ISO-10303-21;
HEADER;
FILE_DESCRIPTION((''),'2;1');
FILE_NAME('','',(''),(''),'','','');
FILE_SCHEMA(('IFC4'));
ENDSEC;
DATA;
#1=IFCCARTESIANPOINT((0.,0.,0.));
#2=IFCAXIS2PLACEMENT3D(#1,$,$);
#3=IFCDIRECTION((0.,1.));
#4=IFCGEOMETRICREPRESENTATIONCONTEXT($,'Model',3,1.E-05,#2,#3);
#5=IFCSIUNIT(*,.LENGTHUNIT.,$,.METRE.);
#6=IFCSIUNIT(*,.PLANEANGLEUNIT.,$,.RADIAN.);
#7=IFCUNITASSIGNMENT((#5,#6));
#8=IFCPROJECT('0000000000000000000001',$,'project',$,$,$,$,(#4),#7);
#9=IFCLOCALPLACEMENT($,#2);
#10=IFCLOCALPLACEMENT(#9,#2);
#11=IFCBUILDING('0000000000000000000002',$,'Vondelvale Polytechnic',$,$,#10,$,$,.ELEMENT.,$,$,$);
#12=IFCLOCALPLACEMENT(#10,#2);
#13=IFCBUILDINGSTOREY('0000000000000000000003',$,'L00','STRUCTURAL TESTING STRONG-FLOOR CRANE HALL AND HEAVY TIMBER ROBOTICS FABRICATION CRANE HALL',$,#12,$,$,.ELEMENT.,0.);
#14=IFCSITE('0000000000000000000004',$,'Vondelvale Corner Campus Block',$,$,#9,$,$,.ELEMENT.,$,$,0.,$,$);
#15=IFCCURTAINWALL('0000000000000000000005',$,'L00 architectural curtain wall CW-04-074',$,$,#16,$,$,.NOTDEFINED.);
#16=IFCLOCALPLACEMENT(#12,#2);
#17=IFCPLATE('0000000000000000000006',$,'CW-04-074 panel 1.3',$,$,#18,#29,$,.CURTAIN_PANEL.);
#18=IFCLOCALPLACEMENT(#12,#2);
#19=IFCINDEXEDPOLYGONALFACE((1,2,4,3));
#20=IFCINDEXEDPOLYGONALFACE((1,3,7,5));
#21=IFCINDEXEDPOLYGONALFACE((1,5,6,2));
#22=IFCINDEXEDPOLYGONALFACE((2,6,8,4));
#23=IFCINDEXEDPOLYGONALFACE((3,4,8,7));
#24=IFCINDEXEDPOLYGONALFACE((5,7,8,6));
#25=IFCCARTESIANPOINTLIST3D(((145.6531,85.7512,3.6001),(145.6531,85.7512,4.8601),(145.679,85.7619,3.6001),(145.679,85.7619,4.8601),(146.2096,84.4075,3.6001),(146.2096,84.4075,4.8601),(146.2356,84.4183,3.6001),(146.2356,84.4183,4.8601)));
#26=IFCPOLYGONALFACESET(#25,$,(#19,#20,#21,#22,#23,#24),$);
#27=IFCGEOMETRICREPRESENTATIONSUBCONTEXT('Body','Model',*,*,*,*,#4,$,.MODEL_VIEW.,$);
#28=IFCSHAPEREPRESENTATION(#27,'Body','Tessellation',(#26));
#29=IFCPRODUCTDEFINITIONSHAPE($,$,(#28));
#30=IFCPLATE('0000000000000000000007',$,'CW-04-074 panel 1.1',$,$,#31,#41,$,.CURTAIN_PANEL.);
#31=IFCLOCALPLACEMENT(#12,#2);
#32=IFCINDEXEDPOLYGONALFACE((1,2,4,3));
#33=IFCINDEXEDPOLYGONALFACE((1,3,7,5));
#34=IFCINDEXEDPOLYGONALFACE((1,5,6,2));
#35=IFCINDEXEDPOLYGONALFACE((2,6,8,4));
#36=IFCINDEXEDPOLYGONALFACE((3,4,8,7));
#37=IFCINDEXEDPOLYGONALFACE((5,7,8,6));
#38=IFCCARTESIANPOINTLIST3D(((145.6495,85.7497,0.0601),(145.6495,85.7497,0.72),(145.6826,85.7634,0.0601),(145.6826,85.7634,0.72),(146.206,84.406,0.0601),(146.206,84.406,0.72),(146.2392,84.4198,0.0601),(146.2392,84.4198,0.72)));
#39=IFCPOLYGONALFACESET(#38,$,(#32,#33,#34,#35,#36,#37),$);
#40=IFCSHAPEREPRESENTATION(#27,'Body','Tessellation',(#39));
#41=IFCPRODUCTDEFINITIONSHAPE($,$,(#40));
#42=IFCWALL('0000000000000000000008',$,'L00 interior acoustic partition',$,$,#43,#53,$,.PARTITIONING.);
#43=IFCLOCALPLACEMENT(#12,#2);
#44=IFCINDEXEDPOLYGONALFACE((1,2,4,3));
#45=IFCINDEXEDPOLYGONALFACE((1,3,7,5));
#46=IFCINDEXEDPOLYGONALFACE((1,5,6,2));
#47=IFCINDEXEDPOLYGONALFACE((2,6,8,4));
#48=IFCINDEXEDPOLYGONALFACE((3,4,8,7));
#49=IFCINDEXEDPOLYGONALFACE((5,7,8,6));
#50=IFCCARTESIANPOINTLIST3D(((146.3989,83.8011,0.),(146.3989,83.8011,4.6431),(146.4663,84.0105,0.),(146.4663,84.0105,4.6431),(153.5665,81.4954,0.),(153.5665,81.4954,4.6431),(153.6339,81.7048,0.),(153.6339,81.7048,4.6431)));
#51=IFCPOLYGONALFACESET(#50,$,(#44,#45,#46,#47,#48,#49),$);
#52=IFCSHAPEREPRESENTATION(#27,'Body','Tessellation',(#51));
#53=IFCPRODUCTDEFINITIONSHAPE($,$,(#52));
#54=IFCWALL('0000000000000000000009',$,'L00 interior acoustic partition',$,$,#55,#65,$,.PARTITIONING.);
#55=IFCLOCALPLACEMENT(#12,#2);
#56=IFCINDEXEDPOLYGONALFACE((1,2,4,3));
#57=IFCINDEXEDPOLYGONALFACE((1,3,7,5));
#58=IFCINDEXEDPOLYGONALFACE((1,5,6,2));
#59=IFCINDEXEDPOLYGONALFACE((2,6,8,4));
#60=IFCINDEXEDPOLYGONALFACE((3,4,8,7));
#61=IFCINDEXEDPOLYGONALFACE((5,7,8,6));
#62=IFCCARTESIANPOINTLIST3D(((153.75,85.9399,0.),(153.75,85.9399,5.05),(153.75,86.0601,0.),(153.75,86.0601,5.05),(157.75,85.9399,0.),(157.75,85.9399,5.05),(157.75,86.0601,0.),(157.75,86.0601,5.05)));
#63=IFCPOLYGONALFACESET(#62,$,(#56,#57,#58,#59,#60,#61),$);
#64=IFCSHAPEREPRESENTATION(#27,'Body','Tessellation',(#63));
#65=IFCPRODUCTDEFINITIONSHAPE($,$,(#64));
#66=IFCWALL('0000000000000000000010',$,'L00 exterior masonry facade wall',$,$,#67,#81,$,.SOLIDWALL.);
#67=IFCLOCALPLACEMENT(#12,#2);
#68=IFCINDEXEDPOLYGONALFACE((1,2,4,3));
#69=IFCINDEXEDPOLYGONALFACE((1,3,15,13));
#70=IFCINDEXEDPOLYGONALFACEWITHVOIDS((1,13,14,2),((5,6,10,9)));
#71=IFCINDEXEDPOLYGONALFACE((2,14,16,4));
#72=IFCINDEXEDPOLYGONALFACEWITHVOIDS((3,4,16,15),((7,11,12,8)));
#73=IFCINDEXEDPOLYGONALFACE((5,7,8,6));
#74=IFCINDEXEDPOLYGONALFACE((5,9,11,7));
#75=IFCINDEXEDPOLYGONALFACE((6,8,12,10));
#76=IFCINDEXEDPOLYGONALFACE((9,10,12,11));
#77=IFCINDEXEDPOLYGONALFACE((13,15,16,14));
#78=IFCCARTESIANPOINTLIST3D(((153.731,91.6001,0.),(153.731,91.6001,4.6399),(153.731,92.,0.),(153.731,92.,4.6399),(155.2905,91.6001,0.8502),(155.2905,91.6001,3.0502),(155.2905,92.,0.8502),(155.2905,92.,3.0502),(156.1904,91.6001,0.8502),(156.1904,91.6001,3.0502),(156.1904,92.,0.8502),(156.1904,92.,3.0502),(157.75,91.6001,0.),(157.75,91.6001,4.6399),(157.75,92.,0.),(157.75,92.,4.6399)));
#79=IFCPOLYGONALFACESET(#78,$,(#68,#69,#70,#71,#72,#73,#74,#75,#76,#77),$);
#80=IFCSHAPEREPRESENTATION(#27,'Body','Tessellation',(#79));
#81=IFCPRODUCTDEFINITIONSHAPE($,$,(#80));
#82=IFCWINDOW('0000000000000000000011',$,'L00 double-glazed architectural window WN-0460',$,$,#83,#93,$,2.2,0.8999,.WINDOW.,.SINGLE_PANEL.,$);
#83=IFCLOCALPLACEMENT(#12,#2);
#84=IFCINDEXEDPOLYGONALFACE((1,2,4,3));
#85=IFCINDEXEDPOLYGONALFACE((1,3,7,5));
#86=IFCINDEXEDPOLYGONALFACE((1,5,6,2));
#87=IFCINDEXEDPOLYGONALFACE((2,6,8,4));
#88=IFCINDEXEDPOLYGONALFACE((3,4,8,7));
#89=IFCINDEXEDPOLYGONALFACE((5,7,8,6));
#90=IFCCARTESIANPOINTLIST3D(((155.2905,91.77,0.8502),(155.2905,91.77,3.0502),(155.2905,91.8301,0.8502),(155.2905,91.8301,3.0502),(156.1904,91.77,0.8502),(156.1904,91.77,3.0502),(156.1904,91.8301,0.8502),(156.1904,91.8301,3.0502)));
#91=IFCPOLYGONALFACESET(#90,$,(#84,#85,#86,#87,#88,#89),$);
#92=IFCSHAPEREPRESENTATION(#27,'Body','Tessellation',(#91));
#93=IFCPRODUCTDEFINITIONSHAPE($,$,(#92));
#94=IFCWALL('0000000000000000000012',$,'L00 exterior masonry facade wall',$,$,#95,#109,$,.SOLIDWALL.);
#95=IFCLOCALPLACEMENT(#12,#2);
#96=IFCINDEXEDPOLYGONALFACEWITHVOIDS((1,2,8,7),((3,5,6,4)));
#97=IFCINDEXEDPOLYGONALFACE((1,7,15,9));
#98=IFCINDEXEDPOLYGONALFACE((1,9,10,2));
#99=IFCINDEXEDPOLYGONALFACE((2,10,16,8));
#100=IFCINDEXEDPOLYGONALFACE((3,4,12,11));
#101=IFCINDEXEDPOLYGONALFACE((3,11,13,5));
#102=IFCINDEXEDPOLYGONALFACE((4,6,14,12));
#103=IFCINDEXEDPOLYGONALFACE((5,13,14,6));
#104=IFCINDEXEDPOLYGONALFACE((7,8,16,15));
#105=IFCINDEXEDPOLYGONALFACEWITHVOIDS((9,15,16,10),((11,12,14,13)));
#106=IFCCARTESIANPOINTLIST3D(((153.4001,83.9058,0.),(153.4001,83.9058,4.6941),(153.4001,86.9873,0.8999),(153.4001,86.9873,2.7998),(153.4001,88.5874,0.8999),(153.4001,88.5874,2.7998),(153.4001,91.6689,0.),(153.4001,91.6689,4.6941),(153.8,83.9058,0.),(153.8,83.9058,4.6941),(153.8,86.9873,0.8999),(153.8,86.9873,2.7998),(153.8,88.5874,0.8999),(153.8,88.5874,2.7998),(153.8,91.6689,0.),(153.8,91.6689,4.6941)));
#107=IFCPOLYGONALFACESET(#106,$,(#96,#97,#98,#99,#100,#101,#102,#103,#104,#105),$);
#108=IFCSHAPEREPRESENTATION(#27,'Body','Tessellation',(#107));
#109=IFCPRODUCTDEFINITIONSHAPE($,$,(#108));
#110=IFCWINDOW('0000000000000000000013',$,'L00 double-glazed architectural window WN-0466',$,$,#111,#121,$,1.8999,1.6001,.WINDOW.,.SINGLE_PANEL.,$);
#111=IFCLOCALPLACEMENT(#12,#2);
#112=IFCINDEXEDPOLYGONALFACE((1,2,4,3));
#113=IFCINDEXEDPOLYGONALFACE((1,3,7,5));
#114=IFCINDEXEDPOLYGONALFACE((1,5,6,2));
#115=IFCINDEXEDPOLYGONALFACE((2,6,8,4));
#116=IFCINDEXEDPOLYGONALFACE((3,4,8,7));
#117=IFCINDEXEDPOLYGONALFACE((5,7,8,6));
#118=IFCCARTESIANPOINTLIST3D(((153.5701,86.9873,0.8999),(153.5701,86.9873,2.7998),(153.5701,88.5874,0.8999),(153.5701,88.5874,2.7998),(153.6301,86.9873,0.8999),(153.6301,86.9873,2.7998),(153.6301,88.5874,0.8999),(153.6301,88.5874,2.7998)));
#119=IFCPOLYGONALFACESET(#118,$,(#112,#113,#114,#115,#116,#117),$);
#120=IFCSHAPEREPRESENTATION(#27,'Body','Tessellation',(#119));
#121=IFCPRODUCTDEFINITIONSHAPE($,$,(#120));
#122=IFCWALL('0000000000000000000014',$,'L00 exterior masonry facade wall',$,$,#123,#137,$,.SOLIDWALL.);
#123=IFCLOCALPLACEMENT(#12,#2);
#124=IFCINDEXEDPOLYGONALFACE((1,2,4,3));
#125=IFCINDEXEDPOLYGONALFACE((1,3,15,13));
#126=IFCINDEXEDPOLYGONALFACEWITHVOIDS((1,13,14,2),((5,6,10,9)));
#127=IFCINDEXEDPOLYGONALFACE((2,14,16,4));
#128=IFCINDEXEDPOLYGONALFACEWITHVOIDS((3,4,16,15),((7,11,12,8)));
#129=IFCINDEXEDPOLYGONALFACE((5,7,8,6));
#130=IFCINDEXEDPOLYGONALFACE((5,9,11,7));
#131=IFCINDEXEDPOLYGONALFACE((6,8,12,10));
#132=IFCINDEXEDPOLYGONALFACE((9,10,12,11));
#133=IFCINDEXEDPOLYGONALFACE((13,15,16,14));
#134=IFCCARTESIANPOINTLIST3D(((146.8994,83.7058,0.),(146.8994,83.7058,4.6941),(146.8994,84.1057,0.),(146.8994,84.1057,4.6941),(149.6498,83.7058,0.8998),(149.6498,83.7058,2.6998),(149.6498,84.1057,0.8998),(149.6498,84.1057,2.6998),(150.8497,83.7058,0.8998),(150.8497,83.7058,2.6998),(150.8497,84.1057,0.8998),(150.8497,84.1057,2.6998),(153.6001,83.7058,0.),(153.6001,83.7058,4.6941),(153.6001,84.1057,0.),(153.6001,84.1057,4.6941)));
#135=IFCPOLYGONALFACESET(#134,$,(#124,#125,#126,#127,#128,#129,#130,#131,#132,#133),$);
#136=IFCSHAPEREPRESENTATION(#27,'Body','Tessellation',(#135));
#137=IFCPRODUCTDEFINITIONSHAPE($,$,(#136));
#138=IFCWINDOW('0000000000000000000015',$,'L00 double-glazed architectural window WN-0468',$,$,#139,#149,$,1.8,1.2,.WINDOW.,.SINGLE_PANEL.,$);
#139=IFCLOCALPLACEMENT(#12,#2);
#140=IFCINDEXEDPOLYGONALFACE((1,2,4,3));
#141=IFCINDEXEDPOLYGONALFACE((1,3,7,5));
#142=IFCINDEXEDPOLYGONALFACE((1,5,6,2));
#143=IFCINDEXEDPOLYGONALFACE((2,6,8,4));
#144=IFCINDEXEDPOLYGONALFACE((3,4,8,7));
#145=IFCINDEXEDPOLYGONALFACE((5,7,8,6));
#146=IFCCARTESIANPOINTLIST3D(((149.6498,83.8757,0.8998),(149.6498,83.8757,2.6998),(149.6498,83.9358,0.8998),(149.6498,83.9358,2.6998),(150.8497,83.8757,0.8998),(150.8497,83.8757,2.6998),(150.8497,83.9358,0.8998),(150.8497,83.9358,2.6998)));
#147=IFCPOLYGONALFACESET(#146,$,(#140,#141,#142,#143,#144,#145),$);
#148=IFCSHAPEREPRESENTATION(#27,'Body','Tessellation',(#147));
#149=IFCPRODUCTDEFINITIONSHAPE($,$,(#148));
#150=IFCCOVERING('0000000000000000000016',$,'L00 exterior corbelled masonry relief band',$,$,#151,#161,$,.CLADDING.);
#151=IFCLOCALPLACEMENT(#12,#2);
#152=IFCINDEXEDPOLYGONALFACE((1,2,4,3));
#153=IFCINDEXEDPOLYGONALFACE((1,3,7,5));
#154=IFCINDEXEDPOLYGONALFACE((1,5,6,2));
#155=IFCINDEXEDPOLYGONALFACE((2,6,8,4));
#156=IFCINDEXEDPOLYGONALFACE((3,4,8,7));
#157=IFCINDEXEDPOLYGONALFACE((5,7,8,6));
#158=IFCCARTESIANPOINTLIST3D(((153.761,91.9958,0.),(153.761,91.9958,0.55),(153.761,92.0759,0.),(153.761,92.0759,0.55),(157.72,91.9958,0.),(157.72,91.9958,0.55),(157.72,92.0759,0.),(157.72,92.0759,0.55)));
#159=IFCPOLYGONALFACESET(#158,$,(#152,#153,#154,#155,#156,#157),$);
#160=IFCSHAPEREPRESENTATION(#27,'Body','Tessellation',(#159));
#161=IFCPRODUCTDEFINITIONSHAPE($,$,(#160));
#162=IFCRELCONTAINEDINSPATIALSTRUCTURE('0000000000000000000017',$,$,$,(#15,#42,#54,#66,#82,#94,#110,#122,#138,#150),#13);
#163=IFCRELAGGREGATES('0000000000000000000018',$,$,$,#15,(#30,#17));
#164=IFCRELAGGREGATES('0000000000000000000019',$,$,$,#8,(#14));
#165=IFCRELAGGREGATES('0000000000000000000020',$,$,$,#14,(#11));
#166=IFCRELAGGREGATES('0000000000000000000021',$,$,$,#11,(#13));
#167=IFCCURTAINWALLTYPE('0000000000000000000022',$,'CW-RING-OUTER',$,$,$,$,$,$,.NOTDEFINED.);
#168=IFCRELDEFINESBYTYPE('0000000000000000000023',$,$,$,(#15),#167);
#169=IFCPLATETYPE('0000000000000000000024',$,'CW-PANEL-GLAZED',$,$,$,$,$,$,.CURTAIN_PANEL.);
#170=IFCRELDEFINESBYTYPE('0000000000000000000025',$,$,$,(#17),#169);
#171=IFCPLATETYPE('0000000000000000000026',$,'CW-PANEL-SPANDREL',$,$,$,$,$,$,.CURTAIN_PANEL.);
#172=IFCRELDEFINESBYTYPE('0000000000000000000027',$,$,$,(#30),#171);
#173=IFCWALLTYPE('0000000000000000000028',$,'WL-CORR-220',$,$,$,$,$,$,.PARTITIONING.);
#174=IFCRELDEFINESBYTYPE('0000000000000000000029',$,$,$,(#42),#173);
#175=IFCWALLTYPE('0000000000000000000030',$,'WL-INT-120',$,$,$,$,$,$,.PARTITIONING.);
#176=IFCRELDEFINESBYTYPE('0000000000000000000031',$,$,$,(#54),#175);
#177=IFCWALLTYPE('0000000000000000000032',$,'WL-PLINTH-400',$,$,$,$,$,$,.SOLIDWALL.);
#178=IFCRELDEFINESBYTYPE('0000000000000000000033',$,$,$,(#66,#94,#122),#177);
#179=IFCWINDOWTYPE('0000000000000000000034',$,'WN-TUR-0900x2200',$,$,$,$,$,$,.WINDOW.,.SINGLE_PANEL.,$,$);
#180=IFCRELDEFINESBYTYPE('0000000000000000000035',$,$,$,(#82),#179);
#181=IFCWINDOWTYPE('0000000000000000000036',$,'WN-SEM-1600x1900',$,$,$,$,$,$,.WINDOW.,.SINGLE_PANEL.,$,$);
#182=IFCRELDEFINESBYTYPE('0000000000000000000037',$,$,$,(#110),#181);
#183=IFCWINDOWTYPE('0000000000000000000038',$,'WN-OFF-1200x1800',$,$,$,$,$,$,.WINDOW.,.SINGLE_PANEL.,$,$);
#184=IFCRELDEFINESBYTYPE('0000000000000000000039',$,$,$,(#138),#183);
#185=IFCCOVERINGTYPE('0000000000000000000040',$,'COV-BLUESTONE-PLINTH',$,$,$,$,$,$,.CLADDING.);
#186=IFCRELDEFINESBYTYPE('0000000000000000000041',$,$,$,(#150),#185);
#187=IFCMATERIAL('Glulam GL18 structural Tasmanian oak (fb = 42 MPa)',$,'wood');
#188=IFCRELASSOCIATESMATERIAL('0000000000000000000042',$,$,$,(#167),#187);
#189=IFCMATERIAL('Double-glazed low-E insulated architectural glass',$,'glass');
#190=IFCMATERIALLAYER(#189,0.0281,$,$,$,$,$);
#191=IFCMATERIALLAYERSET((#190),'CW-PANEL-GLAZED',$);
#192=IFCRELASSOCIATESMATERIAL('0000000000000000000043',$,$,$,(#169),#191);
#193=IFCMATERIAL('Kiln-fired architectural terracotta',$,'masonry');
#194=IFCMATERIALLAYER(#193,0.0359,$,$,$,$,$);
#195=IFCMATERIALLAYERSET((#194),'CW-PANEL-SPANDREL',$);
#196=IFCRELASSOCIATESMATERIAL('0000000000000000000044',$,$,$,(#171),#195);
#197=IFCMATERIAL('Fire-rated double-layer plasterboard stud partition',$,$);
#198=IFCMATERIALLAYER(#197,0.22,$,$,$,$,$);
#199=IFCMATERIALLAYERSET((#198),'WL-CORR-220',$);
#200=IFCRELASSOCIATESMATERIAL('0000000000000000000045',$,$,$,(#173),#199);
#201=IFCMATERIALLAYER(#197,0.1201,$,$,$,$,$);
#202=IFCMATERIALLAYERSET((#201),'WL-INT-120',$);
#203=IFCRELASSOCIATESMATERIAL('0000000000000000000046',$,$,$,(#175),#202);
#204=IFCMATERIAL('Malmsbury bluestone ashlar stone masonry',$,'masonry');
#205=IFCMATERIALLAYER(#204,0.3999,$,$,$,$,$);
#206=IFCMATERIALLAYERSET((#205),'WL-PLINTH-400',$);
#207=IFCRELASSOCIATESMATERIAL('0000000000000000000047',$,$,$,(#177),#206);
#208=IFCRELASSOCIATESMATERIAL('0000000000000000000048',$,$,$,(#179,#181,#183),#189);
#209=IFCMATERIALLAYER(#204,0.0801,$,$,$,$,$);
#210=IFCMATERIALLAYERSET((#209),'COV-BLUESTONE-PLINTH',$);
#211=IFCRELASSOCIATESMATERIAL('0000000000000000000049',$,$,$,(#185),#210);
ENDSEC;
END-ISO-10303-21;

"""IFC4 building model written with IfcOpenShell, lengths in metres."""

from ifc_helpers import new_model, si_unit, direction, frame, frame_2d, origin, origin_2d, place, context, subcontext, project, spatial, rectangle, extrude, material, layer, layer_set, type_object, element, fill, aggregate, save


model = new_model("IFC4")

# Units and contexts
model_context = context("Model", 3, precision=1e-05, world=origin(), true_north=direction((0.0, 1.0)))
body_context = subcontext(model_context, "Body", "Model", "MODEL_VIEW")
ifc_project = project(units=[si_unit("LENGTHUNIT", "METRE"), si_unit("PLANEANGLEUNIT", "RADIAN")], contexts=[model_context])

# Site, building, storey
site_placement = place(None, origin())
site = spatial("IfcSite", under=ifc_project, at=site_placement, Name="Vondelvale Corner Campus Block", CompositionType="ELEMENT", RefElevation=0.0)
building_placement = place(site_placement, origin())
building = spatial("IfcBuilding", under=site, at=building_placement, Name="Vondelvale Polytechnic", CompositionType="ELEMENT")
storey_placement = place(building_placement, origin())
storey = spatial("IfcBuildingStorey", under=building, at=storey_placement, Name="L00", Description="STRUCTURAL TESTING STRONG-FLOOR CRANE HALL AND HEAVY TIMBER ROBOTICS FABRICATION CRANE HALL", CompositionType="ELEMENT", Elevation=0.0)

# Curtain wall, plates
ifc_material_1 = material(Name="Glulam GL18 structural Tasmanian oak (fb = 42 MPa)", Category="wood")
curtain_wall_type = type_object("IfcCurtainWallType", Name="CW-RING-OUTER", PredefinedType="NOTDEFINED", material=ifc_material_1)
curtain_wall_placement = place(storey_placement, origin())
curtain_wall = element("IfcCurtainWall", 1, at=curtain_wall_placement, inside=storey, type_object=curtain_wall_type, Name="L00 architectural curtain wall CW-04-074", PredefinedType="NOTDEFINED")
ifc_material_2 = material(Name="Double-glazed low-E insulated architectural glass", Category="glass")
ifc_layer_1 = layer(ifc_material_2, 0.0281)
ifc_layer_set_1 = layer_set([ifc_layer_1], Name="CW-PANEL-GLAZED")
plate_type_1 = type_object("IfcPlateType", Name="CW-PANEL-GLAZED", PredefinedType="CURTAIN_PANEL", material=ifc_layer_set_1)
plate_1_placement = place(storey_placement, frame((145.9443, 85.0847, 3.6001), z_axis=(0.0, 0.0, 1.0), x_axis=(-0.382679, 0.923881, 0.0)))
plate_1 = element("IfcPlate", 2, at=plate_1_placement, type_object=plate_type_1, Name="CW-04-074 panel 1.3", PredefinedType="CURTAIN_PANEL", context=body_context, shape_type="SweptSolid", body=[
    extrude(rectangle(XDim=1.4543, YDim=0.0281, at=origin_2d()), origin(), (0.0, 0.0, 1.0), 1.26),
])
ifc_material_3 = material(Name="Kiln-fired architectural terracotta", Category="masonry")
ifc_layer_2 = layer(ifc_material_3, 0.0359)
ifc_layer_set_2 = layer_set([ifc_layer_2], Name="CW-PANEL-SPANDREL")
plate_type_2 = type_object("IfcPlateType", Name="CW-PANEL-SPANDREL", PredefinedType="CURTAIN_PANEL", material=ifc_layer_set_2)
plate_2_placement = place(storey_placement, frame((145.9443, 85.0847, 0.0601), z_axis=(0.0, 0.0, 1.0), x_axis=(-0.382679, 0.923881, 0.0)))
plate_2 = element("IfcPlate", 3, at=plate_2_placement, type_object=plate_type_2, Name="CW-04-074 panel 1.1", PredefinedType="CURTAIN_PANEL", context=body_context, shape_type="SweptSolid", body=[
    extrude(rectangle(XDim=1.4543, YDim=0.0359, at=origin_2d()), origin(), (0.0, 0.0, 1.0), 0.6599),
])
aggregate(curtain_wall, [plate_2, plate_1])

# Walls
ifc_material_4 = material(Name="Fire-rated double-layer plasterboard stud partition")
ifc_layer_3 = layer(ifc_material_4, 0.22)
ifc_layer_set_3 = layer_set([ifc_layer_3], Name="WL-CORR-220")
wall_type_1 = type_object("IfcWallType", Name="WL-CORR-220", PredefinedType="PARTITIONING", material=ifc_layer_set_3)
wall_1_placement = place(storey_placement, frame((146.4326, 83.9058, 0.0), z_axis=(0.0, 0.0, 1.0), x_axis=(0.951958, -0.30623, 0.0)))
element("IfcWall", 4, at=wall_1_placement, inside=storey, type_object=wall_type_1, Name="L00 interior acoustic partition", PredefinedType="PARTITIONING", context=body_context, shape_type="SweptSolid", body=[
    extrude(rectangle(XDim=7.5293, YDim=0.22, at=frame_2d((3.7646, 0.0))), origin(), (0.0, 0.0, 1.0), 4.6431),
])
ifc_layer_4 = layer(ifc_material_4, 0.1201)
ifc_layer_set_4 = layer_set([ifc_layer_4], Name="WL-INT-120")
wall_type_2 = type_object("IfcWallType", Name="WL-INT-120", PredefinedType="PARTITIONING", material=ifc_layer_set_4)
wall_2_placement = place(storey_placement, frame((153.75, 86.0, 0.0), z_axis=(0.0, 0.0, 1.0), x_axis=(1.0, 0.0, 0.0)))
element("IfcWall", 5, at=wall_2_placement, inside=storey, type_object=wall_type_2, Name="L00 interior acoustic partition", PredefinedType="PARTITIONING", context=body_context, shape_type="SweptSolid", body=[
    extrude(rectangle(XDim=4.0, YDim=0.1201, at=frame_2d((2.0, 0.0))), origin(), (0.0, 0.0, 1.0), 5.05),
])

# Wall, opening, window
ifc_material_5 = material(Name="Malmsbury bluestone ashlar stone masonry", Category="masonry")
ifc_layer_5 = layer(ifc_material_5, 0.3999)
ifc_layer_set_5 = layer_set([ifc_layer_5], Name="WL-PLINTH-400")
wall_type_3 = type_object("IfcWallType", Name="WL-PLINTH-400", PredefinedType="SOLIDWALL", material=ifc_layer_set_5)
wall_3_placement = place(storey_placement, frame((153.731, 91.8, 0.0), z_axis=(0.0, 0.0, 1.0), x_axis=(1.0, 0.0, 0.0)))
wall_3 = element("IfcWall", 6, at=wall_3_placement, inside=storey, type_object=wall_type_3, Name="L00 exterior masonry facade wall", PredefinedType="SOLIDWALL", context=body_context, shape_type="SweptSolid", body=[
    extrude(rectangle(XDim=4.019, YDim=0.3999, at=frame_2d((2.0095, 0.0))), origin(), (0.0, 0.0, 1.0), 4.6399),
])
opening_1_placement = place(wall_3_placement, frame((1.5596, 0.0, 0.8501)))
opening_1 = element("IfcOpeningElement", 7, at=opening_1_placement, cuts=wall_3, PredefinedType="OPENING", context=body_context, shape_type="SweptSolid", body=[
    extrude(rectangle(XDim=0.8999, YDim=2.2, at=frame_2d((0.45, 1.1001))), frame((0.0, 0.21, 0.0), z_axis=(0.0, -1.0, 0.0), x_axis=(1.0, 0.0, 0.0)), (0.0, 0.0, 1.0), 0.4199),
])
window_type_1 = type_object("IfcWindowType", Name="WN-TUR-0900x2200", PartitioningType="SINGLE_PANEL", PredefinedType="WINDOW", material=ifc_material_2)
window_1_placement = place(opening_1_placement, origin())
window_1 = element("IfcWindow", 8, at=window_1_placement, inside=storey, type_object=window_type_1, Name="L00 double-glazed architectural window WN-0460", OverallHeight=2.2, OverallWidth=0.8999, PartitioningType="SINGLE_PANEL", PredefinedType="WINDOW", context=body_context, shape_type="SweptSolid", body=[
    extrude(rectangle(XDim=0.8999, YDim=2.2, at=frame_2d((0.45, 1.1001))), frame((0.0, 0.03, 0.0), z_axis=(0.0, -1.0, 0.0), x_axis=(1.0, 0.0, 0.0)), (0.0, 0.0, 1.0), 0.0601),
])
fill(opening_1, window_1)

# Walls, openings, windows
wall_4_placement = place(storey_placement, frame((153.6001, 83.9058, 0.0), z_axis=(0.0, 0.0, 1.0), x_axis=(0.0, 1.0, 0.0)))
wall_4 = element("IfcWall", 9, at=wall_4_placement, inside=storey, type_object=wall_type_3, Name="L00 exterior masonry facade wall", PredefinedType="SOLIDWALL", context=body_context, shape_type="SweptSolid", body=[
    extrude(rectangle(XDim=7.7632, YDim=0.3999, at=frame_2d((3.8816, 0.0))), origin(), (0.0, 0.0, 1.0), 4.6941),
])
opening_2_placement = place(wall_4_placement, frame((3.0815, 0.0, 0.8999)))
opening_2 = element("IfcOpeningElement", 10, at=opening_2_placement, cuts=wall_4, PredefinedType="OPENING", context=body_context, shape_type="SweptSolid", body=[
    extrude(rectangle(XDim=1.6001, YDim=1.8999, at=frame_2d((0.8, 0.95))), frame((0.0, 0.21, 0.0), z_axis=(0.0, -1.0, 0.0), x_axis=(1.0, 0.0, 0.0)), (0.0, 0.0, 1.0), 0.4199),
])
window_type_2 = type_object("IfcWindowType", Name="WN-SEM-1600x1900", PartitioningType="SINGLE_PANEL", PredefinedType="WINDOW", material=ifc_material_2)
window_2_placement = place(opening_2_placement, origin())
window_2 = element("IfcWindow", 11, at=window_2_placement, inside=storey, type_object=window_type_2, Name="L00 double-glazed architectural window WN-0466", OverallHeight=1.8999, OverallWidth=1.6001, PartitioningType="SINGLE_PANEL", PredefinedType="WINDOW", context=body_context, shape_type="SweptSolid", body=[
    extrude(rectangle(XDim=1.6001, YDim=1.8999, at=frame_2d((0.8, 0.95))), frame((0.0, 0.03, 0.0), z_axis=(0.0, -1.0, 0.0), x_axis=(1.0, 0.0, 0.0)), (0.0, 0.0, 1.0), 0.0601),
])
fill(opening_2, window_2)
wall_5_placement = place(storey_placement, frame((146.8994, 83.9058, 0.0), z_axis=(0.0, 0.0, 1.0), x_axis=(1.0, 0.0, 0.0)))
wall_5 = element("IfcWall", 12, at=wall_5_placement, inside=storey, type_object=wall_type_3, Name="L00 exterior masonry facade wall", PredefinedType="SOLIDWALL", context=body_context, shape_type="SweptSolid", body=[
    extrude(rectangle(XDim=6.7007, YDim=0.3999, at=frame_2d((3.3503, 0.0))), origin(), (0.0, 0.0, 1.0), 4.6941),
])
opening_3_placement = place(wall_5_placement, frame((2.7502, 0.0, 0.8999)))
opening_3 = element("IfcOpeningElement", 13, at=opening_3_placement, cuts=wall_5, PredefinedType="OPENING", context=body_context, shape_type="SweptSolid", body=[
    extrude(rectangle(XDim=1.2, YDim=1.8, at=frame_2d((0.6001, 0.8999))), frame((0.0, 0.21, 0.0), z_axis=(0.0, -1.0, 0.0), x_axis=(1.0, 0.0, 0.0)), (0.0, 0.0, 1.0), 0.4199),
])
window_type_3 = type_object("IfcWindowType", Name="WN-OFF-1200x1800", PartitioningType="SINGLE_PANEL", PredefinedType="WINDOW", material=ifc_material_2)
window_3_placement = place(opening_3_placement, origin())
window_3 = element("IfcWindow", 14, at=window_3_placement, inside=storey, type_object=window_type_3, Name="L00 double-glazed architectural window WN-0468", OverallHeight=1.8, OverallWidth=1.2, PartitioningType="SINGLE_PANEL", PredefinedType="WINDOW", context=body_context, shape_type="SweptSolid", body=[
    extrude(rectangle(XDim=1.2, YDim=1.8, at=frame_2d((0.6001, 0.8999))), frame((0.0, 0.03, 0.0), z_axis=(0.0, -1.0, 0.0), x_axis=(1.0, 0.0, 0.0)), (0.0, 0.0, 1.0), 0.0601),
])
fill(opening_3, window_3)

# Covering
ifc_layer_6 = layer(ifc_material_5, 0.0801)
ifc_layer_set_6 = layer_set([ifc_layer_6], Name="COV-BLUESTONE-PLINTH")
covering_type = type_object("IfcCoveringType", Name="COV-BLUESTONE-PLINTH", PredefinedType="CLADDING", material=ifc_layer_set_6)
covering_1_placement = place(storey_placement, frame((155.7405, 92.0359, 0.0), z_axis=(0.0, 0.0, 1.0), x_axis=(1.0, 0.0, 0.0)))
element("IfcCovering", 15, at=covering_1_placement, inside=storey, type_object=covering_type, Name="L00 exterior corbelled masonry relief band", PredefinedType="CLADDING", context=body_context, shape_type="SweptSolid", body=[
    extrude(rectangle(XDim=3.959, YDim=0.0801, at=origin_2d()), origin(), (0.0, 0.0, 1.0), 0.55),
])

save(model, "model.ifc")
